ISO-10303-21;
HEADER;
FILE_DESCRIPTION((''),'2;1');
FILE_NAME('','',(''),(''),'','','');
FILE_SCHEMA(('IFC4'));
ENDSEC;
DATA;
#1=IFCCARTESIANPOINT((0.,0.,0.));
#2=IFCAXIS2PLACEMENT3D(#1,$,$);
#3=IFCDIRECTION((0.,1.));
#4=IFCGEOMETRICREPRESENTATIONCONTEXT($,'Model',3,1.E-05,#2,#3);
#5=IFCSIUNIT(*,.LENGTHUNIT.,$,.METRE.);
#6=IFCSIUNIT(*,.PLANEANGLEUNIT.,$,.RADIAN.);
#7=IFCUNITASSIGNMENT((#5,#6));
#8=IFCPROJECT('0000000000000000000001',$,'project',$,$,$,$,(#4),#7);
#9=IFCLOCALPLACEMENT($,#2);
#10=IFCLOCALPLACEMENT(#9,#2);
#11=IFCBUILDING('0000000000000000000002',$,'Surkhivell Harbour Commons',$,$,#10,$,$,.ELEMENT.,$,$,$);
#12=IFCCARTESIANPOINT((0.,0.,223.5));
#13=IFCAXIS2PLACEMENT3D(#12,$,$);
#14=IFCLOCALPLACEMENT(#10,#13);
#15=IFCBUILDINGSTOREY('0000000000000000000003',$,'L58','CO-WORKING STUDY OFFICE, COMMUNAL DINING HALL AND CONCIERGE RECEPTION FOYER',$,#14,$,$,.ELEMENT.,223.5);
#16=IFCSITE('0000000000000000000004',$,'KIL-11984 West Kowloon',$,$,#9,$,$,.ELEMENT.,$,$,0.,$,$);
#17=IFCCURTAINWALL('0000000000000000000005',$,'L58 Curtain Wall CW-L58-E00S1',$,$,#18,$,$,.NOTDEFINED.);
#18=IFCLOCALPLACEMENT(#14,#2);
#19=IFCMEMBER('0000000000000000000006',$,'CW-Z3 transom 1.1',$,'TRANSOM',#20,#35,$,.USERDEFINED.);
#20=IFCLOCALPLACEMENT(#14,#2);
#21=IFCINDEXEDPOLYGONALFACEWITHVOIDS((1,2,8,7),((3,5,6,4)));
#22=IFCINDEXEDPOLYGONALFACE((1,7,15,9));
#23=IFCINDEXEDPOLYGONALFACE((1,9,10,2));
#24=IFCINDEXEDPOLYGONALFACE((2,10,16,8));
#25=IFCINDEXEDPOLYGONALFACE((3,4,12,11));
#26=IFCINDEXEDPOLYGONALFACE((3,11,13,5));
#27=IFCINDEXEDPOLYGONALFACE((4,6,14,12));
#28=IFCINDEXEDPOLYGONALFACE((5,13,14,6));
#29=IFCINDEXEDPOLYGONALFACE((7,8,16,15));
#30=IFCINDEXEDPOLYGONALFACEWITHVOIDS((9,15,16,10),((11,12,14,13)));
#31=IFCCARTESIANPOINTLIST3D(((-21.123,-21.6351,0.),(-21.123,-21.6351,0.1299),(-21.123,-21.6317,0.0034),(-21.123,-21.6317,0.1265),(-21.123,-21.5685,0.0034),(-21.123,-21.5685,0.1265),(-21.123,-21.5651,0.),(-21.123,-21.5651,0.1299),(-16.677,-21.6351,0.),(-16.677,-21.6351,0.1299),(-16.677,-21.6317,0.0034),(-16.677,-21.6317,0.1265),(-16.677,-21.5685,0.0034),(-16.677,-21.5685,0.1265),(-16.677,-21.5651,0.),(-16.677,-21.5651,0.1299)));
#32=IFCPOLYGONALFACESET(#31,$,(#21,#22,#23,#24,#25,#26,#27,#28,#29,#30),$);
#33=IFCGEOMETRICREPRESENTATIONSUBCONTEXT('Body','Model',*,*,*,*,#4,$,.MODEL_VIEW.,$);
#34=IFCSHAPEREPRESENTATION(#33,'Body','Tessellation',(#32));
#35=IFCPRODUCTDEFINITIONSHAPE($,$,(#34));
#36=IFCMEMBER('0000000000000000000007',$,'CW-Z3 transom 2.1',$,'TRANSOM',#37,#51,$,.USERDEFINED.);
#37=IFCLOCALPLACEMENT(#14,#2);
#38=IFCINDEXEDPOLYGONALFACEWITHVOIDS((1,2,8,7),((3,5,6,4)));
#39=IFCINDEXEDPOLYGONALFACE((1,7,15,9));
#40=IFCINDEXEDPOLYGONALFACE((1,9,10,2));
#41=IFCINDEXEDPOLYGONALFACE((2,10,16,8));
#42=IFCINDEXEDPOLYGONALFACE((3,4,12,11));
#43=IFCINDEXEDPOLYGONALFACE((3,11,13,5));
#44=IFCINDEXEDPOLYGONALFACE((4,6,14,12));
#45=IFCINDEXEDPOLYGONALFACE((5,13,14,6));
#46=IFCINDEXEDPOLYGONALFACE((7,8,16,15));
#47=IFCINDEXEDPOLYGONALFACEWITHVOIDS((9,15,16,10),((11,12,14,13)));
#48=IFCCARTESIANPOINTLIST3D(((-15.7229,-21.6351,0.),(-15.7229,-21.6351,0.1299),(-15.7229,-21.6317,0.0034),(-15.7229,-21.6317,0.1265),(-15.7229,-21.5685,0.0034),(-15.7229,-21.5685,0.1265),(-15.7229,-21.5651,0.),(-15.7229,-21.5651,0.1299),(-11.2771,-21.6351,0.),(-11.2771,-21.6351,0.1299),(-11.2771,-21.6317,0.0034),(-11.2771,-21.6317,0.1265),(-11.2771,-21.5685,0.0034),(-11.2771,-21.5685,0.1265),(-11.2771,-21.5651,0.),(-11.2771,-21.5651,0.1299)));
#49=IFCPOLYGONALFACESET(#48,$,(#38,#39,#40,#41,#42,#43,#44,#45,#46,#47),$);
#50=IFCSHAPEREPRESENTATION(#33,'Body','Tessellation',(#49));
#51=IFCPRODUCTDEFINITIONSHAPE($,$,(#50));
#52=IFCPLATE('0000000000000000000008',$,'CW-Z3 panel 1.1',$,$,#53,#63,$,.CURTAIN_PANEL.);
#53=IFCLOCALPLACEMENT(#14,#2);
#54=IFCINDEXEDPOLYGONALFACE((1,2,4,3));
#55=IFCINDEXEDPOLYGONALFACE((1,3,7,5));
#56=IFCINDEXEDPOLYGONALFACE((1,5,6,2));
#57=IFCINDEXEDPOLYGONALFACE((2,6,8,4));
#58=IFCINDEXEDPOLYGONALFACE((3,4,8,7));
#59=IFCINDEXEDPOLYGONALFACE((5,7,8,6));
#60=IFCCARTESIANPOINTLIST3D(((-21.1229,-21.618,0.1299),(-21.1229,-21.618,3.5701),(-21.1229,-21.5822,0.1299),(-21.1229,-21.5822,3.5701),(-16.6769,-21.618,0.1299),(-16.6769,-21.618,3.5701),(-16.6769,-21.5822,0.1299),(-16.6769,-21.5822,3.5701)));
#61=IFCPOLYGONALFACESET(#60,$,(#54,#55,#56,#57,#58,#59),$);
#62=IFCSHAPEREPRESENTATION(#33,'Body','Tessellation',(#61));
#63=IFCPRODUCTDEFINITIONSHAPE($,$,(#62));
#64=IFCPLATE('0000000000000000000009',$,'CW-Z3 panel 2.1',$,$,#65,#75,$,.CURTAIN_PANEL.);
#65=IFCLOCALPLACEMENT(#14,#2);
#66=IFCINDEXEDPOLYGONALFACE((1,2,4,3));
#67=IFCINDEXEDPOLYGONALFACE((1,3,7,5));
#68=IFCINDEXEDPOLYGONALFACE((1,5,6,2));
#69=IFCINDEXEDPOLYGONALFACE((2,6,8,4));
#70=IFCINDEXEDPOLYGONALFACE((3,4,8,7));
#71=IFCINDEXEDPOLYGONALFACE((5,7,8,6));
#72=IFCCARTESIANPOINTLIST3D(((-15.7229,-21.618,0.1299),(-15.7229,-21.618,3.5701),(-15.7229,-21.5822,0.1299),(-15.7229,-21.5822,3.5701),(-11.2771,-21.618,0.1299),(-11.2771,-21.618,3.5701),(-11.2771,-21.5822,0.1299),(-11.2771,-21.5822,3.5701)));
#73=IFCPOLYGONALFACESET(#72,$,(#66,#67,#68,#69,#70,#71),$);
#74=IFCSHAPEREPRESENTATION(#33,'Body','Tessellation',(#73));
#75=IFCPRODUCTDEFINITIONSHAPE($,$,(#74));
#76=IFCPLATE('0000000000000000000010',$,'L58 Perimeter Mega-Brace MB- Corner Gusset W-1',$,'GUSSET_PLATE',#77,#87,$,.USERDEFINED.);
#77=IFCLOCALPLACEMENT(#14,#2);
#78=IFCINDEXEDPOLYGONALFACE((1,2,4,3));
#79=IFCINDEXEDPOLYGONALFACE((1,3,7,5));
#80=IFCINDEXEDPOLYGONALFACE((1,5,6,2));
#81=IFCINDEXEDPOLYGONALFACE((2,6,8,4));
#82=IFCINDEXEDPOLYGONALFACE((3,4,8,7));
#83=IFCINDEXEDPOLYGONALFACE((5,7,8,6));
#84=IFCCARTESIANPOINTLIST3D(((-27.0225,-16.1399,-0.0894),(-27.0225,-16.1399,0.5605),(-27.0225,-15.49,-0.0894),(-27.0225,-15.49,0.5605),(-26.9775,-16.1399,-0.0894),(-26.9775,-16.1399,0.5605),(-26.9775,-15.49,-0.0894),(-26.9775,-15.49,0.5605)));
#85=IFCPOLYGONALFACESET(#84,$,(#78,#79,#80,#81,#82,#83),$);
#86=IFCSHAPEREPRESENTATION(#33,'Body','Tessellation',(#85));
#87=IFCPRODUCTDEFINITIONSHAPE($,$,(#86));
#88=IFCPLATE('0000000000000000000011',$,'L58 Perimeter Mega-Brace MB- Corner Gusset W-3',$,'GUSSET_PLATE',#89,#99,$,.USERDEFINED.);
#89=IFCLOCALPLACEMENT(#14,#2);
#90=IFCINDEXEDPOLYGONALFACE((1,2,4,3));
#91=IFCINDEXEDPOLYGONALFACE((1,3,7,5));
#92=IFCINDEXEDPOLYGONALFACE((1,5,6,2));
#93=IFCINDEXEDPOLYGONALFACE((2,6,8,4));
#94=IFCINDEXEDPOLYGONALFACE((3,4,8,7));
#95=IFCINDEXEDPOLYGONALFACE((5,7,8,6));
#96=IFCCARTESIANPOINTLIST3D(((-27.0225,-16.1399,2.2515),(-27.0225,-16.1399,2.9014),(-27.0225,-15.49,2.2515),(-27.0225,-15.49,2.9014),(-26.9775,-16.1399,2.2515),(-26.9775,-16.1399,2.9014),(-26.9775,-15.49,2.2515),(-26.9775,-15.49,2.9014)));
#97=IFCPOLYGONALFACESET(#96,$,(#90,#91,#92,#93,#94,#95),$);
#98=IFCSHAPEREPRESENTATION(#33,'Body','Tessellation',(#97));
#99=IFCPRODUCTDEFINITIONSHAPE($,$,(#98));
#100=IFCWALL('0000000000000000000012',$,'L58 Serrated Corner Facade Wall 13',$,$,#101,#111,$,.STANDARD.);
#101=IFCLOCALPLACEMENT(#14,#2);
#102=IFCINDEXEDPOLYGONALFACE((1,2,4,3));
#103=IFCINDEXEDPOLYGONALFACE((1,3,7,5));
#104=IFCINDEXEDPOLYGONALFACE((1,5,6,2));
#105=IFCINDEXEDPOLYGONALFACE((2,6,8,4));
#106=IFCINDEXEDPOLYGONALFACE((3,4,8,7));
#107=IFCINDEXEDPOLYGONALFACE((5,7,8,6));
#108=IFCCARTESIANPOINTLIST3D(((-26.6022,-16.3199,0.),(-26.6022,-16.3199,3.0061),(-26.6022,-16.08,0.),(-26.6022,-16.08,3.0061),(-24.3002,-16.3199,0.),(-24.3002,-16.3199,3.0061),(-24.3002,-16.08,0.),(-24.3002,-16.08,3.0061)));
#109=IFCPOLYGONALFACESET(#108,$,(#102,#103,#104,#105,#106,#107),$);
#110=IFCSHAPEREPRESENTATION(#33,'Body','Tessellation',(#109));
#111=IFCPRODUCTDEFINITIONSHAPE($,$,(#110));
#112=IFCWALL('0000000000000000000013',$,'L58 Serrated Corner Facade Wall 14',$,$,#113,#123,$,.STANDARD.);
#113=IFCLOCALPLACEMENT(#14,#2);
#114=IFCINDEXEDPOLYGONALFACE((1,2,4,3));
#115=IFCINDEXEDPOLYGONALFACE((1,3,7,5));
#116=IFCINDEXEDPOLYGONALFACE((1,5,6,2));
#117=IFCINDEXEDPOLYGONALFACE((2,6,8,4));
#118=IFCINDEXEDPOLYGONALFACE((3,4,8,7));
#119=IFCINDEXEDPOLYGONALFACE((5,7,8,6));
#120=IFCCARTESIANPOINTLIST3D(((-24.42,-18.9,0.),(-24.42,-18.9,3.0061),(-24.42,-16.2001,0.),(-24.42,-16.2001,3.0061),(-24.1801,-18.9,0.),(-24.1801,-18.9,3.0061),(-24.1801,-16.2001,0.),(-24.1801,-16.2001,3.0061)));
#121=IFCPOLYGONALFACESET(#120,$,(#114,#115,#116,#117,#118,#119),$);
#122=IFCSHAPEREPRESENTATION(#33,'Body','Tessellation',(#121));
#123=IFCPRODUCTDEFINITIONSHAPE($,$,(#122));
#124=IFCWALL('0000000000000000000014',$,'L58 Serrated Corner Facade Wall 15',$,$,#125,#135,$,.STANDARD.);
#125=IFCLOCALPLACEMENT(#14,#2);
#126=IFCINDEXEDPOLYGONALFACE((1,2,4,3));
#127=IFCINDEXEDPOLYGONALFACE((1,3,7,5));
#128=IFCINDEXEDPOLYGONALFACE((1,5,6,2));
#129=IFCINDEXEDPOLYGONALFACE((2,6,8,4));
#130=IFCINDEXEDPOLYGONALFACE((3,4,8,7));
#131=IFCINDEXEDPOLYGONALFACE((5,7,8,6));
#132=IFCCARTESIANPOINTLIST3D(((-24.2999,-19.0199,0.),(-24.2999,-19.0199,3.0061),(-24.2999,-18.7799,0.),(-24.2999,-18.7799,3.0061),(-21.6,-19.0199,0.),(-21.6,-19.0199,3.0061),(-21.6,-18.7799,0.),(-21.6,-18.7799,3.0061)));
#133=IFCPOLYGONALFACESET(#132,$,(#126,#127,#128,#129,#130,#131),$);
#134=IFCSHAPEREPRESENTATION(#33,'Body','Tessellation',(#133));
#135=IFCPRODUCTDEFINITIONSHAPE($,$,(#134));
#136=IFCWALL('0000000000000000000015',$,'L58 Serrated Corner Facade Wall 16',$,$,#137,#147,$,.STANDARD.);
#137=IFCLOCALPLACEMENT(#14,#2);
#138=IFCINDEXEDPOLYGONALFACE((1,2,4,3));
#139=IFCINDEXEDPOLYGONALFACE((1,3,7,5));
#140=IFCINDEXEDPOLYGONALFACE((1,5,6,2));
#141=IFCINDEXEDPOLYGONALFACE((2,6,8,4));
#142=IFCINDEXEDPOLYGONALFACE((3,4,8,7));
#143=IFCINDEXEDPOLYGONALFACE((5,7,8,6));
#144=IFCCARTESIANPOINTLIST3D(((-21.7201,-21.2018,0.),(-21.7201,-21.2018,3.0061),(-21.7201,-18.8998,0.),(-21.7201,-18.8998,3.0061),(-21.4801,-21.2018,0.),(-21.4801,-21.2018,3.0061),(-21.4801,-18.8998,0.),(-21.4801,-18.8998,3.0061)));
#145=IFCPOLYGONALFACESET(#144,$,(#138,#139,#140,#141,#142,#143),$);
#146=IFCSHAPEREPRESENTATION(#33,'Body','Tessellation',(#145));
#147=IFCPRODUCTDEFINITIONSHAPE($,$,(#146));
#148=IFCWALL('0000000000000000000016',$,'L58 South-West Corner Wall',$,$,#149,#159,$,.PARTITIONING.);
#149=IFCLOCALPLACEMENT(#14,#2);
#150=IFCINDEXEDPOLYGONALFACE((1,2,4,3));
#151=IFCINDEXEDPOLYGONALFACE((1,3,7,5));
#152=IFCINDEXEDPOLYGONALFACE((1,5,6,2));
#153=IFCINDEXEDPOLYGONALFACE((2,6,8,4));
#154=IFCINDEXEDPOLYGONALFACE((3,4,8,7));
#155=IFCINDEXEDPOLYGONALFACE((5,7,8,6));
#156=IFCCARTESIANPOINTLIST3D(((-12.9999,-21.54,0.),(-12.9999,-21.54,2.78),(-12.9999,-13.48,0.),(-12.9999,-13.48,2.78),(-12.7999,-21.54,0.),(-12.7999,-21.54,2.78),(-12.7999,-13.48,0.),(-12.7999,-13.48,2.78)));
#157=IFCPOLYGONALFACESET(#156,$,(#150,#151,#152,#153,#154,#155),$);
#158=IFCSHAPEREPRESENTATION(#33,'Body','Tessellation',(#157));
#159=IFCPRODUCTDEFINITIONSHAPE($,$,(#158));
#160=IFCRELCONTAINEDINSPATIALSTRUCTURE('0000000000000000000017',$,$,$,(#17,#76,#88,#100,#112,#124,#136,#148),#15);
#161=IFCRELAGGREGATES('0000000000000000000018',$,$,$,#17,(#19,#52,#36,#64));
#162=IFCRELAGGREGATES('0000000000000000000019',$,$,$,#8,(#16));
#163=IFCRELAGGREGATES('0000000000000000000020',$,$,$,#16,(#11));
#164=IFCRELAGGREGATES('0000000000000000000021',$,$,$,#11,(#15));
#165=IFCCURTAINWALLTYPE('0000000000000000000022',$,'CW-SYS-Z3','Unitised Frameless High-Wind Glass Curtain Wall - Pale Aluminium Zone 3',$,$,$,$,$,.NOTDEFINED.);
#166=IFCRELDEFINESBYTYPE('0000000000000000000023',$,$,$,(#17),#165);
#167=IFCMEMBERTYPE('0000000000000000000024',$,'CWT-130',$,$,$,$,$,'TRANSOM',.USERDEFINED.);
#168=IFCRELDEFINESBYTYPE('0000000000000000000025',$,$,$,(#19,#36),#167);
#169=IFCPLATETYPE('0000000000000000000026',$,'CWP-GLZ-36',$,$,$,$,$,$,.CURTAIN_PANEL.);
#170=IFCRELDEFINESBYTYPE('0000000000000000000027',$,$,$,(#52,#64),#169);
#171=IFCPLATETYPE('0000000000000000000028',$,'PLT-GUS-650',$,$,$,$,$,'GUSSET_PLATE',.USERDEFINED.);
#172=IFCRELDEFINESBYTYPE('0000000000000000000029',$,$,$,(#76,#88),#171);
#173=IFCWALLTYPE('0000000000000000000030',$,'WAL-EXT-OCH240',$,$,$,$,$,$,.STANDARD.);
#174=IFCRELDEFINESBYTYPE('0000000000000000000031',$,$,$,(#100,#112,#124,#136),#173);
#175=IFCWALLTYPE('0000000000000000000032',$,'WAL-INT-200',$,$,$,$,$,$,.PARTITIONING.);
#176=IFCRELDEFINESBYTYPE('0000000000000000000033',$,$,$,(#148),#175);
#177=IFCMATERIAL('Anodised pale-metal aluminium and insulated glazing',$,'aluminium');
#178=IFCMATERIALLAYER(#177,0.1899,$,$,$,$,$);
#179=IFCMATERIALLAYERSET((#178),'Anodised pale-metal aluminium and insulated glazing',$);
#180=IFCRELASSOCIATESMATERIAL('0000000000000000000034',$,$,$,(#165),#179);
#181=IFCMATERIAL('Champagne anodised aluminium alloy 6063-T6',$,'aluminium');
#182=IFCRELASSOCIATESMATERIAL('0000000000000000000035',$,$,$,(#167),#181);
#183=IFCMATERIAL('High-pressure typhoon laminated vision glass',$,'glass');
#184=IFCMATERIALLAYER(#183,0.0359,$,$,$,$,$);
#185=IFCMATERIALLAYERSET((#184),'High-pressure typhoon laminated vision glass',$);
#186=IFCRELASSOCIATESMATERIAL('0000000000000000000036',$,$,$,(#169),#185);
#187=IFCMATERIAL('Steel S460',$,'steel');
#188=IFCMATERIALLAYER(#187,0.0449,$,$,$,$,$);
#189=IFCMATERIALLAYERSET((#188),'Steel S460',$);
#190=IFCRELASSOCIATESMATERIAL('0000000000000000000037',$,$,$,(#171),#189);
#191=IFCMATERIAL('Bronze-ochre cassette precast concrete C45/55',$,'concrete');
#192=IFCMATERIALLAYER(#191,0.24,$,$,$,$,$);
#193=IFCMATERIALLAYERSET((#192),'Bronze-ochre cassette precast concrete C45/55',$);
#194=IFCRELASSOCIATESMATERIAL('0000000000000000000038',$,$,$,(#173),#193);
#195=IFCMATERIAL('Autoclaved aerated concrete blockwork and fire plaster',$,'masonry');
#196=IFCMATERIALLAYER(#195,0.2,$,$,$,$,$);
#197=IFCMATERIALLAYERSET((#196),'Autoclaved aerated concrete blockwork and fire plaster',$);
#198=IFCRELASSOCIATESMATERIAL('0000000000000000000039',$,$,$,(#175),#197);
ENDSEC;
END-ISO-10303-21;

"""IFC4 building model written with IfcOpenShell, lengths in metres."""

from ifc_helpers import new_model, si_unit, direction, frame, frame_2d, origin, origin_2d, place, context, subcontext, project, spatial, rectangle, hollow_rectangle, extrude, material, layer, layer_set, material_profile, profile_set, type_object, element, aggregate, save


model = new_model("IFC4")

# Units and contexts
model_context = context("Model", 3, precision=1e-05, world=origin(), true_north=direction((0.0, 1.0)))
body_context = subcontext(model_context, "Body", "Model", "MODEL_VIEW")
ifc_project = project(units=[si_unit("LENGTHUNIT", "METRE"), si_unit("PLANEANGLEUNIT", "RADIAN")], contexts=[model_context])

# Site, building, storey
site_placement = place(None, origin())
site = spatial("IfcSite", under=ifc_project, at=site_placement, Name="KIL-11984 West Kowloon", CompositionType="ELEMENT", RefElevation=0.0)
building_placement = place(site_placement, origin())
building = spatial("IfcBuilding", under=site, at=building_placement, Name="Surkhivell Harbour Commons", CompositionType="ELEMENT")
storey_placement = place(building_placement, frame((0.0, 0.0, 223.5)))
storey = spatial("IfcBuildingStorey", under=building, at=storey_placement, Name="L58", Description="CO-WORKING STUDY OFFICE, COMMUNAL DINING HALL AND CONCIERGE RECEPTION FOYER", CompositionType="ELEMENT", Elevation=223.5)

# Curtain wall, members, plates
ifc_material_1 = material(Name="Anodised pale-metal aluminium and insulated glazing", Category="aluminium")
ifc_layer_1 = layer(ifc_material_1, 0.1899)
ifc_layer_set_1 = layer_set([ifc_layer_1], Name="Anodised pale-metal aluminium and insulated glazing")
curtain_wall_type = type_object("IfcCurtainWallType", Name="CW-SYS-Z3", Description="Unitised Frameless High-Wind Glass Curtain Wall - Pale Aluminium Zone 3", PredefinedType="NOTDEFINED", material=ifc_layer_set_1)
curtain_wall_placement = place(storey_placement, origin())
curtain_wall = element("IfcCurtainWall", 1, at=curtain_wall_placement, inside=storey, type_object=curtain_wall_type, Name="L58 Curtain Wall CW-L58-E00S1", PredefinedType="NOTDEFINED")
ifc_material_2 = material(Name="Champagne anodised aluminium alloy 6063-T6", Category="aluminium")
ifc_material_profile_1 = material_profile(ifc_material_2, hollow_rectangle(XDim=0.0701, YDim=0.1299, WallThickness=0.0034, at=origin_2d()), Name="ALU-TRAN-70x130")
ifc_profile_set_1 = profile_set([ifc_material_profile_1], Name="Champagne anodised aluminium alloy 6063-T6")
member_type_1 = type_object("IfcMemberType", Name="CWT-130", ElementType="TRANSOM", PredefinedType="USERDEFINED", material=ifc_profile_set_1)
member_1_placement = place(storey_placement, frame((-21.123, -21.6001, 0.0649), z_axis=(1.0, 0.0, 0.0), x_axis=(0.0, 1.0, 0.0)))
member_1 = element("IfcMember", 2, at=member_1_placement, type_object=member_type_1, Name="CW-Z3 transom 1.1", ObjectType="TRANSOM", PredefinedType="USERDEFINED", context=body_context, shape_type="SweptSolid", body=[
    extrude(hollow_rectangle(XDim=0.0701, YDim=0.1299, WallThickness=0.0034, at=origin_2d()), origin(), (0.0, 0.0, 1.0), 4.446),
])
member_2_placement = place(storey_placement, frame((-15.7229, -21.6001, 0.0649), z_axis=(1.0, 0.0, 0.0), x_axis=(0.0, 1.0, 0.0)))
member_2 = element("IfcMember", 3, at=member_2_placement, type_object=member_type_1, Name="CW-Z3 transom 2.1", ObjectType="TRANSOM", PredefinedType="USERDEFINED", context=body_context, shape_type="SweptSolid", body=[
    extrude(hollow_rectangle(XDim=0.0701, YDim=0.1299, WallThickness=0.0034, at=origin_2d()), origin(), (0.0, 0.0, 1.0), 4.4458),
])
ifc_material_3 = material(Name="High-pressure typhoon laminated vision glass", Category="glass")
ifc_layer_2 = layer(ifc_material_3, 0.0359)
ifc_layer_set_2 = layer_set([ifc_layer_2], Name="High-pressure typhoon laminated vision glass")
plate_type_1 = type_object("IfcPlateType", Name="CWP-GLZ-36", PredefinedType="CURTAIN_PANEL", material=ifc_layer_set_2)
plate_1_placement = place(storey_placement, frame((-21.123, -21.6001, 0.1299), z_axis=(0.0, 0.0, 1.0), x_axis=(1.0, 0.0, 0.0)))
plate_1 = element("IfcPlate", 4, at=plate_1_placement, type_object=plate_type_1, Name="CW-Z3 panel 1.1", PredefinedType="CURTAIN_PANEL", context=body_context, shape_type="SweptSolid", body=[
    extrude(rectangle(XDim=4.446, YDim=0.0359, at=frame_2d((2.2231, 0.0))), origin(), (0.0, 0.0, 1.0), 3.4402),
])
plate_2_placement = place(storey_placement, frame((-15.7229, -21.6001, 0.1299), z_axis=(0.0, 0.0, 1.0), x_axis=(1.0, 0.0, 0.0)))
plate_2 = element("IfcPlate", 5, at=plate_2_placement, type_object=plate_type_1, Name="CW-Z3 panel 2.1", PredefinedType="CURTAIN_PANEL", context=body_context, shape_type="SweptSolid", body=[
    extrude(rectangle(XDim=4.4458, YDim=0.0359, at=frame_2d((2.2229, 0.0))), origin(), (0.0, 0.0, 1.0), 3.4402),
])
aggregate(curtain_wall, [member_1, plate_1, member_2, plate_2])

# Plates
ifc_material_4 = material(Name="Steel S460", Category="steel")
ifc_layer_3 = layer(ifc_material_4, 0.0449)
ifc_layer_set_3 = layer_set([ifc_layer_3], Name="Steel S460")
plate_type_2 = type_object("IfcPlateType", Name="PLT-GUS-650", ElementType="GUSSET_PLATE", PredefinedType="USERDEFINED", material=ifc_layer_set_3)
for number, where, z_axis, x_axis, name in (
    (6, (-27.0, -15.8149, -0.0894), (0.0, 0.0, 1.0), (0.0, 1.0, 0.0), "L58 Perimeter Mega-Brace MB- Corner Gusset W-1"),
    (7, (-27.0, -15.8149, 2.2515), (0.0, 0.0, 1.0), (0.0, 1.0, 0.0), "L58 Perimeter Mega-Brace MB- Corner Gusset W-3"),
):
    element("IfcPlate", number, at=place(storey_placement, frame(where, z_axis=z_axis, x_axis=x_axis)), inside=storey, type_object=plate_type_2, Name=name, ObjectType="GUSSET_PLATE", PredefinedType="USERDEFINED", context=body_context, shape_type="SweptSolid", body=[
        extrude(rectangle(XDim=0.6499, YDim=0.0449, at=origin_2d()), origin(), (0.0, 0.0, 1.0), 0.6499),
    ])

# Walls
ifc_material_5 = material(Name="Bronze-ochre cassette precast concrete C45/55", Category="concrete")
ifc_layer_4 = layer(ifc_material_5, 0.24)
ifc_layer_set_4 = layer_set([ifc_layer_4], Name="Bronze-ochre cassette precast concrete C45/55")
wall_type_1 = type_object("IfcWallType", Name="WAL-EXT-OCH240", PredefinedType="STANDARD", material=ifc_layer_set_4)
wall_1_placement = place(storey_placement, frame((-26.6021, -16.2, 0.0), z_axis=(0.0, 0.0, 1.0), x_axis=(1.0, 0.0, 0.0)))
element("IfcWall", 8, at=wall_1_placement, inside=storey, type_object=wall_type_1, Name="L58 Serrated Corner Facade Wall 13", PredefinedType="STANDARD", context=body_context, shape_type="SweptSolid", body=[
    extrude(rectangle(XDim=2.302, YDim=0.24, at=frame_2d((1.1509, 0.0))), origin(), (0.0, 0.0, 1.0), 3.0061),
])
for number, where, z_axis, x_axis, name in (
    (9, (-24.3, -16.2, 0.0), (0.0, 0.0, 1.0), (0.0, -1.0, 0.0), "L58 Serrated Corner Facade Wall 14"),
    (10, (-24.3, -18.8999, 0.0), (0.0, 0.0, 1.0), (1.0, 0.0, 0.0), "L58 Serrated Corner Facade Wall 15"),
):
    element("IfcWall", number, at=place(storey_placement, frame(where, z_axis=z_axis, x_axis=x_axis)), inside=storey, type_object=wall_type_1, Name=name, PredefinedType="STANDARD", context=body_context, shape_type="SweptSolid", body=[
        extrude(rectangle(XDim=2.7, YDim=0.24, at=frame_2d((1.3501, 0.0))), origin(), (0.0, 0.0, 1.0), 3.0061),
    ])
wall_2_placement = place(storey_placement, frame((-21.6001, -18.8999, 0.0), z_axis=(0.0, 0.0, 1.0), x_axis=(0.0, -1.0, 0.0)))
element("IfcWall", 11, at=wall_2_placement, inside=storey, type_object=wall_type_1, Name="L58 Serrated Corner Facade Wall 16", PredefinedType="STANDARD", context=body_context, shape_type="SweptSolid", body=[
    extrude(rectangle(XDim=2.302, YDim=0.24, at=frame_2d((1.1509, 0.0))), origin(), (0.0, 0.0, 1.0), 3.0061),
])
ifc_material_6 = material(Name="Autoclaved aerated concrete blockwork and fire plaster", Category="masonry")
ifc_layer_5 = layer(ifc_material_6, 0.2)
ifc_layer_set_5 = layer_set([ifc_layer_5], Name="Autoclaved aerated concrete blockwork and fire plaster")
wall_type_2 = type_object("IfcWallType", Name="WAL-INT-200", PredefinedType="PARTITIONING", material=ifc_layer_set_5)
wall_3_placement = place(storey_placement, frame((-12.8999, -21.54, 0.0), z_axis=(0.0, 0.0, 1.0), x_axis=(0.0, 1.0, 0.0)))
element("IfcWall", 12, at=wall_3_placement, inside=storey, type_object=wall_type_2, Name="L58 South-West Corner Wall", PredefinedType="PARTITIONING", context=body_context, shape_type="SweptSolid", body=[
    extrude(rectangle(XDim=8.0601, YDim=0.2, at=frame_2d((4.03, 0.0))), origin(), (0.0, 0.0, 1.0), 2.78),
])

save(model, "model.ifc")
